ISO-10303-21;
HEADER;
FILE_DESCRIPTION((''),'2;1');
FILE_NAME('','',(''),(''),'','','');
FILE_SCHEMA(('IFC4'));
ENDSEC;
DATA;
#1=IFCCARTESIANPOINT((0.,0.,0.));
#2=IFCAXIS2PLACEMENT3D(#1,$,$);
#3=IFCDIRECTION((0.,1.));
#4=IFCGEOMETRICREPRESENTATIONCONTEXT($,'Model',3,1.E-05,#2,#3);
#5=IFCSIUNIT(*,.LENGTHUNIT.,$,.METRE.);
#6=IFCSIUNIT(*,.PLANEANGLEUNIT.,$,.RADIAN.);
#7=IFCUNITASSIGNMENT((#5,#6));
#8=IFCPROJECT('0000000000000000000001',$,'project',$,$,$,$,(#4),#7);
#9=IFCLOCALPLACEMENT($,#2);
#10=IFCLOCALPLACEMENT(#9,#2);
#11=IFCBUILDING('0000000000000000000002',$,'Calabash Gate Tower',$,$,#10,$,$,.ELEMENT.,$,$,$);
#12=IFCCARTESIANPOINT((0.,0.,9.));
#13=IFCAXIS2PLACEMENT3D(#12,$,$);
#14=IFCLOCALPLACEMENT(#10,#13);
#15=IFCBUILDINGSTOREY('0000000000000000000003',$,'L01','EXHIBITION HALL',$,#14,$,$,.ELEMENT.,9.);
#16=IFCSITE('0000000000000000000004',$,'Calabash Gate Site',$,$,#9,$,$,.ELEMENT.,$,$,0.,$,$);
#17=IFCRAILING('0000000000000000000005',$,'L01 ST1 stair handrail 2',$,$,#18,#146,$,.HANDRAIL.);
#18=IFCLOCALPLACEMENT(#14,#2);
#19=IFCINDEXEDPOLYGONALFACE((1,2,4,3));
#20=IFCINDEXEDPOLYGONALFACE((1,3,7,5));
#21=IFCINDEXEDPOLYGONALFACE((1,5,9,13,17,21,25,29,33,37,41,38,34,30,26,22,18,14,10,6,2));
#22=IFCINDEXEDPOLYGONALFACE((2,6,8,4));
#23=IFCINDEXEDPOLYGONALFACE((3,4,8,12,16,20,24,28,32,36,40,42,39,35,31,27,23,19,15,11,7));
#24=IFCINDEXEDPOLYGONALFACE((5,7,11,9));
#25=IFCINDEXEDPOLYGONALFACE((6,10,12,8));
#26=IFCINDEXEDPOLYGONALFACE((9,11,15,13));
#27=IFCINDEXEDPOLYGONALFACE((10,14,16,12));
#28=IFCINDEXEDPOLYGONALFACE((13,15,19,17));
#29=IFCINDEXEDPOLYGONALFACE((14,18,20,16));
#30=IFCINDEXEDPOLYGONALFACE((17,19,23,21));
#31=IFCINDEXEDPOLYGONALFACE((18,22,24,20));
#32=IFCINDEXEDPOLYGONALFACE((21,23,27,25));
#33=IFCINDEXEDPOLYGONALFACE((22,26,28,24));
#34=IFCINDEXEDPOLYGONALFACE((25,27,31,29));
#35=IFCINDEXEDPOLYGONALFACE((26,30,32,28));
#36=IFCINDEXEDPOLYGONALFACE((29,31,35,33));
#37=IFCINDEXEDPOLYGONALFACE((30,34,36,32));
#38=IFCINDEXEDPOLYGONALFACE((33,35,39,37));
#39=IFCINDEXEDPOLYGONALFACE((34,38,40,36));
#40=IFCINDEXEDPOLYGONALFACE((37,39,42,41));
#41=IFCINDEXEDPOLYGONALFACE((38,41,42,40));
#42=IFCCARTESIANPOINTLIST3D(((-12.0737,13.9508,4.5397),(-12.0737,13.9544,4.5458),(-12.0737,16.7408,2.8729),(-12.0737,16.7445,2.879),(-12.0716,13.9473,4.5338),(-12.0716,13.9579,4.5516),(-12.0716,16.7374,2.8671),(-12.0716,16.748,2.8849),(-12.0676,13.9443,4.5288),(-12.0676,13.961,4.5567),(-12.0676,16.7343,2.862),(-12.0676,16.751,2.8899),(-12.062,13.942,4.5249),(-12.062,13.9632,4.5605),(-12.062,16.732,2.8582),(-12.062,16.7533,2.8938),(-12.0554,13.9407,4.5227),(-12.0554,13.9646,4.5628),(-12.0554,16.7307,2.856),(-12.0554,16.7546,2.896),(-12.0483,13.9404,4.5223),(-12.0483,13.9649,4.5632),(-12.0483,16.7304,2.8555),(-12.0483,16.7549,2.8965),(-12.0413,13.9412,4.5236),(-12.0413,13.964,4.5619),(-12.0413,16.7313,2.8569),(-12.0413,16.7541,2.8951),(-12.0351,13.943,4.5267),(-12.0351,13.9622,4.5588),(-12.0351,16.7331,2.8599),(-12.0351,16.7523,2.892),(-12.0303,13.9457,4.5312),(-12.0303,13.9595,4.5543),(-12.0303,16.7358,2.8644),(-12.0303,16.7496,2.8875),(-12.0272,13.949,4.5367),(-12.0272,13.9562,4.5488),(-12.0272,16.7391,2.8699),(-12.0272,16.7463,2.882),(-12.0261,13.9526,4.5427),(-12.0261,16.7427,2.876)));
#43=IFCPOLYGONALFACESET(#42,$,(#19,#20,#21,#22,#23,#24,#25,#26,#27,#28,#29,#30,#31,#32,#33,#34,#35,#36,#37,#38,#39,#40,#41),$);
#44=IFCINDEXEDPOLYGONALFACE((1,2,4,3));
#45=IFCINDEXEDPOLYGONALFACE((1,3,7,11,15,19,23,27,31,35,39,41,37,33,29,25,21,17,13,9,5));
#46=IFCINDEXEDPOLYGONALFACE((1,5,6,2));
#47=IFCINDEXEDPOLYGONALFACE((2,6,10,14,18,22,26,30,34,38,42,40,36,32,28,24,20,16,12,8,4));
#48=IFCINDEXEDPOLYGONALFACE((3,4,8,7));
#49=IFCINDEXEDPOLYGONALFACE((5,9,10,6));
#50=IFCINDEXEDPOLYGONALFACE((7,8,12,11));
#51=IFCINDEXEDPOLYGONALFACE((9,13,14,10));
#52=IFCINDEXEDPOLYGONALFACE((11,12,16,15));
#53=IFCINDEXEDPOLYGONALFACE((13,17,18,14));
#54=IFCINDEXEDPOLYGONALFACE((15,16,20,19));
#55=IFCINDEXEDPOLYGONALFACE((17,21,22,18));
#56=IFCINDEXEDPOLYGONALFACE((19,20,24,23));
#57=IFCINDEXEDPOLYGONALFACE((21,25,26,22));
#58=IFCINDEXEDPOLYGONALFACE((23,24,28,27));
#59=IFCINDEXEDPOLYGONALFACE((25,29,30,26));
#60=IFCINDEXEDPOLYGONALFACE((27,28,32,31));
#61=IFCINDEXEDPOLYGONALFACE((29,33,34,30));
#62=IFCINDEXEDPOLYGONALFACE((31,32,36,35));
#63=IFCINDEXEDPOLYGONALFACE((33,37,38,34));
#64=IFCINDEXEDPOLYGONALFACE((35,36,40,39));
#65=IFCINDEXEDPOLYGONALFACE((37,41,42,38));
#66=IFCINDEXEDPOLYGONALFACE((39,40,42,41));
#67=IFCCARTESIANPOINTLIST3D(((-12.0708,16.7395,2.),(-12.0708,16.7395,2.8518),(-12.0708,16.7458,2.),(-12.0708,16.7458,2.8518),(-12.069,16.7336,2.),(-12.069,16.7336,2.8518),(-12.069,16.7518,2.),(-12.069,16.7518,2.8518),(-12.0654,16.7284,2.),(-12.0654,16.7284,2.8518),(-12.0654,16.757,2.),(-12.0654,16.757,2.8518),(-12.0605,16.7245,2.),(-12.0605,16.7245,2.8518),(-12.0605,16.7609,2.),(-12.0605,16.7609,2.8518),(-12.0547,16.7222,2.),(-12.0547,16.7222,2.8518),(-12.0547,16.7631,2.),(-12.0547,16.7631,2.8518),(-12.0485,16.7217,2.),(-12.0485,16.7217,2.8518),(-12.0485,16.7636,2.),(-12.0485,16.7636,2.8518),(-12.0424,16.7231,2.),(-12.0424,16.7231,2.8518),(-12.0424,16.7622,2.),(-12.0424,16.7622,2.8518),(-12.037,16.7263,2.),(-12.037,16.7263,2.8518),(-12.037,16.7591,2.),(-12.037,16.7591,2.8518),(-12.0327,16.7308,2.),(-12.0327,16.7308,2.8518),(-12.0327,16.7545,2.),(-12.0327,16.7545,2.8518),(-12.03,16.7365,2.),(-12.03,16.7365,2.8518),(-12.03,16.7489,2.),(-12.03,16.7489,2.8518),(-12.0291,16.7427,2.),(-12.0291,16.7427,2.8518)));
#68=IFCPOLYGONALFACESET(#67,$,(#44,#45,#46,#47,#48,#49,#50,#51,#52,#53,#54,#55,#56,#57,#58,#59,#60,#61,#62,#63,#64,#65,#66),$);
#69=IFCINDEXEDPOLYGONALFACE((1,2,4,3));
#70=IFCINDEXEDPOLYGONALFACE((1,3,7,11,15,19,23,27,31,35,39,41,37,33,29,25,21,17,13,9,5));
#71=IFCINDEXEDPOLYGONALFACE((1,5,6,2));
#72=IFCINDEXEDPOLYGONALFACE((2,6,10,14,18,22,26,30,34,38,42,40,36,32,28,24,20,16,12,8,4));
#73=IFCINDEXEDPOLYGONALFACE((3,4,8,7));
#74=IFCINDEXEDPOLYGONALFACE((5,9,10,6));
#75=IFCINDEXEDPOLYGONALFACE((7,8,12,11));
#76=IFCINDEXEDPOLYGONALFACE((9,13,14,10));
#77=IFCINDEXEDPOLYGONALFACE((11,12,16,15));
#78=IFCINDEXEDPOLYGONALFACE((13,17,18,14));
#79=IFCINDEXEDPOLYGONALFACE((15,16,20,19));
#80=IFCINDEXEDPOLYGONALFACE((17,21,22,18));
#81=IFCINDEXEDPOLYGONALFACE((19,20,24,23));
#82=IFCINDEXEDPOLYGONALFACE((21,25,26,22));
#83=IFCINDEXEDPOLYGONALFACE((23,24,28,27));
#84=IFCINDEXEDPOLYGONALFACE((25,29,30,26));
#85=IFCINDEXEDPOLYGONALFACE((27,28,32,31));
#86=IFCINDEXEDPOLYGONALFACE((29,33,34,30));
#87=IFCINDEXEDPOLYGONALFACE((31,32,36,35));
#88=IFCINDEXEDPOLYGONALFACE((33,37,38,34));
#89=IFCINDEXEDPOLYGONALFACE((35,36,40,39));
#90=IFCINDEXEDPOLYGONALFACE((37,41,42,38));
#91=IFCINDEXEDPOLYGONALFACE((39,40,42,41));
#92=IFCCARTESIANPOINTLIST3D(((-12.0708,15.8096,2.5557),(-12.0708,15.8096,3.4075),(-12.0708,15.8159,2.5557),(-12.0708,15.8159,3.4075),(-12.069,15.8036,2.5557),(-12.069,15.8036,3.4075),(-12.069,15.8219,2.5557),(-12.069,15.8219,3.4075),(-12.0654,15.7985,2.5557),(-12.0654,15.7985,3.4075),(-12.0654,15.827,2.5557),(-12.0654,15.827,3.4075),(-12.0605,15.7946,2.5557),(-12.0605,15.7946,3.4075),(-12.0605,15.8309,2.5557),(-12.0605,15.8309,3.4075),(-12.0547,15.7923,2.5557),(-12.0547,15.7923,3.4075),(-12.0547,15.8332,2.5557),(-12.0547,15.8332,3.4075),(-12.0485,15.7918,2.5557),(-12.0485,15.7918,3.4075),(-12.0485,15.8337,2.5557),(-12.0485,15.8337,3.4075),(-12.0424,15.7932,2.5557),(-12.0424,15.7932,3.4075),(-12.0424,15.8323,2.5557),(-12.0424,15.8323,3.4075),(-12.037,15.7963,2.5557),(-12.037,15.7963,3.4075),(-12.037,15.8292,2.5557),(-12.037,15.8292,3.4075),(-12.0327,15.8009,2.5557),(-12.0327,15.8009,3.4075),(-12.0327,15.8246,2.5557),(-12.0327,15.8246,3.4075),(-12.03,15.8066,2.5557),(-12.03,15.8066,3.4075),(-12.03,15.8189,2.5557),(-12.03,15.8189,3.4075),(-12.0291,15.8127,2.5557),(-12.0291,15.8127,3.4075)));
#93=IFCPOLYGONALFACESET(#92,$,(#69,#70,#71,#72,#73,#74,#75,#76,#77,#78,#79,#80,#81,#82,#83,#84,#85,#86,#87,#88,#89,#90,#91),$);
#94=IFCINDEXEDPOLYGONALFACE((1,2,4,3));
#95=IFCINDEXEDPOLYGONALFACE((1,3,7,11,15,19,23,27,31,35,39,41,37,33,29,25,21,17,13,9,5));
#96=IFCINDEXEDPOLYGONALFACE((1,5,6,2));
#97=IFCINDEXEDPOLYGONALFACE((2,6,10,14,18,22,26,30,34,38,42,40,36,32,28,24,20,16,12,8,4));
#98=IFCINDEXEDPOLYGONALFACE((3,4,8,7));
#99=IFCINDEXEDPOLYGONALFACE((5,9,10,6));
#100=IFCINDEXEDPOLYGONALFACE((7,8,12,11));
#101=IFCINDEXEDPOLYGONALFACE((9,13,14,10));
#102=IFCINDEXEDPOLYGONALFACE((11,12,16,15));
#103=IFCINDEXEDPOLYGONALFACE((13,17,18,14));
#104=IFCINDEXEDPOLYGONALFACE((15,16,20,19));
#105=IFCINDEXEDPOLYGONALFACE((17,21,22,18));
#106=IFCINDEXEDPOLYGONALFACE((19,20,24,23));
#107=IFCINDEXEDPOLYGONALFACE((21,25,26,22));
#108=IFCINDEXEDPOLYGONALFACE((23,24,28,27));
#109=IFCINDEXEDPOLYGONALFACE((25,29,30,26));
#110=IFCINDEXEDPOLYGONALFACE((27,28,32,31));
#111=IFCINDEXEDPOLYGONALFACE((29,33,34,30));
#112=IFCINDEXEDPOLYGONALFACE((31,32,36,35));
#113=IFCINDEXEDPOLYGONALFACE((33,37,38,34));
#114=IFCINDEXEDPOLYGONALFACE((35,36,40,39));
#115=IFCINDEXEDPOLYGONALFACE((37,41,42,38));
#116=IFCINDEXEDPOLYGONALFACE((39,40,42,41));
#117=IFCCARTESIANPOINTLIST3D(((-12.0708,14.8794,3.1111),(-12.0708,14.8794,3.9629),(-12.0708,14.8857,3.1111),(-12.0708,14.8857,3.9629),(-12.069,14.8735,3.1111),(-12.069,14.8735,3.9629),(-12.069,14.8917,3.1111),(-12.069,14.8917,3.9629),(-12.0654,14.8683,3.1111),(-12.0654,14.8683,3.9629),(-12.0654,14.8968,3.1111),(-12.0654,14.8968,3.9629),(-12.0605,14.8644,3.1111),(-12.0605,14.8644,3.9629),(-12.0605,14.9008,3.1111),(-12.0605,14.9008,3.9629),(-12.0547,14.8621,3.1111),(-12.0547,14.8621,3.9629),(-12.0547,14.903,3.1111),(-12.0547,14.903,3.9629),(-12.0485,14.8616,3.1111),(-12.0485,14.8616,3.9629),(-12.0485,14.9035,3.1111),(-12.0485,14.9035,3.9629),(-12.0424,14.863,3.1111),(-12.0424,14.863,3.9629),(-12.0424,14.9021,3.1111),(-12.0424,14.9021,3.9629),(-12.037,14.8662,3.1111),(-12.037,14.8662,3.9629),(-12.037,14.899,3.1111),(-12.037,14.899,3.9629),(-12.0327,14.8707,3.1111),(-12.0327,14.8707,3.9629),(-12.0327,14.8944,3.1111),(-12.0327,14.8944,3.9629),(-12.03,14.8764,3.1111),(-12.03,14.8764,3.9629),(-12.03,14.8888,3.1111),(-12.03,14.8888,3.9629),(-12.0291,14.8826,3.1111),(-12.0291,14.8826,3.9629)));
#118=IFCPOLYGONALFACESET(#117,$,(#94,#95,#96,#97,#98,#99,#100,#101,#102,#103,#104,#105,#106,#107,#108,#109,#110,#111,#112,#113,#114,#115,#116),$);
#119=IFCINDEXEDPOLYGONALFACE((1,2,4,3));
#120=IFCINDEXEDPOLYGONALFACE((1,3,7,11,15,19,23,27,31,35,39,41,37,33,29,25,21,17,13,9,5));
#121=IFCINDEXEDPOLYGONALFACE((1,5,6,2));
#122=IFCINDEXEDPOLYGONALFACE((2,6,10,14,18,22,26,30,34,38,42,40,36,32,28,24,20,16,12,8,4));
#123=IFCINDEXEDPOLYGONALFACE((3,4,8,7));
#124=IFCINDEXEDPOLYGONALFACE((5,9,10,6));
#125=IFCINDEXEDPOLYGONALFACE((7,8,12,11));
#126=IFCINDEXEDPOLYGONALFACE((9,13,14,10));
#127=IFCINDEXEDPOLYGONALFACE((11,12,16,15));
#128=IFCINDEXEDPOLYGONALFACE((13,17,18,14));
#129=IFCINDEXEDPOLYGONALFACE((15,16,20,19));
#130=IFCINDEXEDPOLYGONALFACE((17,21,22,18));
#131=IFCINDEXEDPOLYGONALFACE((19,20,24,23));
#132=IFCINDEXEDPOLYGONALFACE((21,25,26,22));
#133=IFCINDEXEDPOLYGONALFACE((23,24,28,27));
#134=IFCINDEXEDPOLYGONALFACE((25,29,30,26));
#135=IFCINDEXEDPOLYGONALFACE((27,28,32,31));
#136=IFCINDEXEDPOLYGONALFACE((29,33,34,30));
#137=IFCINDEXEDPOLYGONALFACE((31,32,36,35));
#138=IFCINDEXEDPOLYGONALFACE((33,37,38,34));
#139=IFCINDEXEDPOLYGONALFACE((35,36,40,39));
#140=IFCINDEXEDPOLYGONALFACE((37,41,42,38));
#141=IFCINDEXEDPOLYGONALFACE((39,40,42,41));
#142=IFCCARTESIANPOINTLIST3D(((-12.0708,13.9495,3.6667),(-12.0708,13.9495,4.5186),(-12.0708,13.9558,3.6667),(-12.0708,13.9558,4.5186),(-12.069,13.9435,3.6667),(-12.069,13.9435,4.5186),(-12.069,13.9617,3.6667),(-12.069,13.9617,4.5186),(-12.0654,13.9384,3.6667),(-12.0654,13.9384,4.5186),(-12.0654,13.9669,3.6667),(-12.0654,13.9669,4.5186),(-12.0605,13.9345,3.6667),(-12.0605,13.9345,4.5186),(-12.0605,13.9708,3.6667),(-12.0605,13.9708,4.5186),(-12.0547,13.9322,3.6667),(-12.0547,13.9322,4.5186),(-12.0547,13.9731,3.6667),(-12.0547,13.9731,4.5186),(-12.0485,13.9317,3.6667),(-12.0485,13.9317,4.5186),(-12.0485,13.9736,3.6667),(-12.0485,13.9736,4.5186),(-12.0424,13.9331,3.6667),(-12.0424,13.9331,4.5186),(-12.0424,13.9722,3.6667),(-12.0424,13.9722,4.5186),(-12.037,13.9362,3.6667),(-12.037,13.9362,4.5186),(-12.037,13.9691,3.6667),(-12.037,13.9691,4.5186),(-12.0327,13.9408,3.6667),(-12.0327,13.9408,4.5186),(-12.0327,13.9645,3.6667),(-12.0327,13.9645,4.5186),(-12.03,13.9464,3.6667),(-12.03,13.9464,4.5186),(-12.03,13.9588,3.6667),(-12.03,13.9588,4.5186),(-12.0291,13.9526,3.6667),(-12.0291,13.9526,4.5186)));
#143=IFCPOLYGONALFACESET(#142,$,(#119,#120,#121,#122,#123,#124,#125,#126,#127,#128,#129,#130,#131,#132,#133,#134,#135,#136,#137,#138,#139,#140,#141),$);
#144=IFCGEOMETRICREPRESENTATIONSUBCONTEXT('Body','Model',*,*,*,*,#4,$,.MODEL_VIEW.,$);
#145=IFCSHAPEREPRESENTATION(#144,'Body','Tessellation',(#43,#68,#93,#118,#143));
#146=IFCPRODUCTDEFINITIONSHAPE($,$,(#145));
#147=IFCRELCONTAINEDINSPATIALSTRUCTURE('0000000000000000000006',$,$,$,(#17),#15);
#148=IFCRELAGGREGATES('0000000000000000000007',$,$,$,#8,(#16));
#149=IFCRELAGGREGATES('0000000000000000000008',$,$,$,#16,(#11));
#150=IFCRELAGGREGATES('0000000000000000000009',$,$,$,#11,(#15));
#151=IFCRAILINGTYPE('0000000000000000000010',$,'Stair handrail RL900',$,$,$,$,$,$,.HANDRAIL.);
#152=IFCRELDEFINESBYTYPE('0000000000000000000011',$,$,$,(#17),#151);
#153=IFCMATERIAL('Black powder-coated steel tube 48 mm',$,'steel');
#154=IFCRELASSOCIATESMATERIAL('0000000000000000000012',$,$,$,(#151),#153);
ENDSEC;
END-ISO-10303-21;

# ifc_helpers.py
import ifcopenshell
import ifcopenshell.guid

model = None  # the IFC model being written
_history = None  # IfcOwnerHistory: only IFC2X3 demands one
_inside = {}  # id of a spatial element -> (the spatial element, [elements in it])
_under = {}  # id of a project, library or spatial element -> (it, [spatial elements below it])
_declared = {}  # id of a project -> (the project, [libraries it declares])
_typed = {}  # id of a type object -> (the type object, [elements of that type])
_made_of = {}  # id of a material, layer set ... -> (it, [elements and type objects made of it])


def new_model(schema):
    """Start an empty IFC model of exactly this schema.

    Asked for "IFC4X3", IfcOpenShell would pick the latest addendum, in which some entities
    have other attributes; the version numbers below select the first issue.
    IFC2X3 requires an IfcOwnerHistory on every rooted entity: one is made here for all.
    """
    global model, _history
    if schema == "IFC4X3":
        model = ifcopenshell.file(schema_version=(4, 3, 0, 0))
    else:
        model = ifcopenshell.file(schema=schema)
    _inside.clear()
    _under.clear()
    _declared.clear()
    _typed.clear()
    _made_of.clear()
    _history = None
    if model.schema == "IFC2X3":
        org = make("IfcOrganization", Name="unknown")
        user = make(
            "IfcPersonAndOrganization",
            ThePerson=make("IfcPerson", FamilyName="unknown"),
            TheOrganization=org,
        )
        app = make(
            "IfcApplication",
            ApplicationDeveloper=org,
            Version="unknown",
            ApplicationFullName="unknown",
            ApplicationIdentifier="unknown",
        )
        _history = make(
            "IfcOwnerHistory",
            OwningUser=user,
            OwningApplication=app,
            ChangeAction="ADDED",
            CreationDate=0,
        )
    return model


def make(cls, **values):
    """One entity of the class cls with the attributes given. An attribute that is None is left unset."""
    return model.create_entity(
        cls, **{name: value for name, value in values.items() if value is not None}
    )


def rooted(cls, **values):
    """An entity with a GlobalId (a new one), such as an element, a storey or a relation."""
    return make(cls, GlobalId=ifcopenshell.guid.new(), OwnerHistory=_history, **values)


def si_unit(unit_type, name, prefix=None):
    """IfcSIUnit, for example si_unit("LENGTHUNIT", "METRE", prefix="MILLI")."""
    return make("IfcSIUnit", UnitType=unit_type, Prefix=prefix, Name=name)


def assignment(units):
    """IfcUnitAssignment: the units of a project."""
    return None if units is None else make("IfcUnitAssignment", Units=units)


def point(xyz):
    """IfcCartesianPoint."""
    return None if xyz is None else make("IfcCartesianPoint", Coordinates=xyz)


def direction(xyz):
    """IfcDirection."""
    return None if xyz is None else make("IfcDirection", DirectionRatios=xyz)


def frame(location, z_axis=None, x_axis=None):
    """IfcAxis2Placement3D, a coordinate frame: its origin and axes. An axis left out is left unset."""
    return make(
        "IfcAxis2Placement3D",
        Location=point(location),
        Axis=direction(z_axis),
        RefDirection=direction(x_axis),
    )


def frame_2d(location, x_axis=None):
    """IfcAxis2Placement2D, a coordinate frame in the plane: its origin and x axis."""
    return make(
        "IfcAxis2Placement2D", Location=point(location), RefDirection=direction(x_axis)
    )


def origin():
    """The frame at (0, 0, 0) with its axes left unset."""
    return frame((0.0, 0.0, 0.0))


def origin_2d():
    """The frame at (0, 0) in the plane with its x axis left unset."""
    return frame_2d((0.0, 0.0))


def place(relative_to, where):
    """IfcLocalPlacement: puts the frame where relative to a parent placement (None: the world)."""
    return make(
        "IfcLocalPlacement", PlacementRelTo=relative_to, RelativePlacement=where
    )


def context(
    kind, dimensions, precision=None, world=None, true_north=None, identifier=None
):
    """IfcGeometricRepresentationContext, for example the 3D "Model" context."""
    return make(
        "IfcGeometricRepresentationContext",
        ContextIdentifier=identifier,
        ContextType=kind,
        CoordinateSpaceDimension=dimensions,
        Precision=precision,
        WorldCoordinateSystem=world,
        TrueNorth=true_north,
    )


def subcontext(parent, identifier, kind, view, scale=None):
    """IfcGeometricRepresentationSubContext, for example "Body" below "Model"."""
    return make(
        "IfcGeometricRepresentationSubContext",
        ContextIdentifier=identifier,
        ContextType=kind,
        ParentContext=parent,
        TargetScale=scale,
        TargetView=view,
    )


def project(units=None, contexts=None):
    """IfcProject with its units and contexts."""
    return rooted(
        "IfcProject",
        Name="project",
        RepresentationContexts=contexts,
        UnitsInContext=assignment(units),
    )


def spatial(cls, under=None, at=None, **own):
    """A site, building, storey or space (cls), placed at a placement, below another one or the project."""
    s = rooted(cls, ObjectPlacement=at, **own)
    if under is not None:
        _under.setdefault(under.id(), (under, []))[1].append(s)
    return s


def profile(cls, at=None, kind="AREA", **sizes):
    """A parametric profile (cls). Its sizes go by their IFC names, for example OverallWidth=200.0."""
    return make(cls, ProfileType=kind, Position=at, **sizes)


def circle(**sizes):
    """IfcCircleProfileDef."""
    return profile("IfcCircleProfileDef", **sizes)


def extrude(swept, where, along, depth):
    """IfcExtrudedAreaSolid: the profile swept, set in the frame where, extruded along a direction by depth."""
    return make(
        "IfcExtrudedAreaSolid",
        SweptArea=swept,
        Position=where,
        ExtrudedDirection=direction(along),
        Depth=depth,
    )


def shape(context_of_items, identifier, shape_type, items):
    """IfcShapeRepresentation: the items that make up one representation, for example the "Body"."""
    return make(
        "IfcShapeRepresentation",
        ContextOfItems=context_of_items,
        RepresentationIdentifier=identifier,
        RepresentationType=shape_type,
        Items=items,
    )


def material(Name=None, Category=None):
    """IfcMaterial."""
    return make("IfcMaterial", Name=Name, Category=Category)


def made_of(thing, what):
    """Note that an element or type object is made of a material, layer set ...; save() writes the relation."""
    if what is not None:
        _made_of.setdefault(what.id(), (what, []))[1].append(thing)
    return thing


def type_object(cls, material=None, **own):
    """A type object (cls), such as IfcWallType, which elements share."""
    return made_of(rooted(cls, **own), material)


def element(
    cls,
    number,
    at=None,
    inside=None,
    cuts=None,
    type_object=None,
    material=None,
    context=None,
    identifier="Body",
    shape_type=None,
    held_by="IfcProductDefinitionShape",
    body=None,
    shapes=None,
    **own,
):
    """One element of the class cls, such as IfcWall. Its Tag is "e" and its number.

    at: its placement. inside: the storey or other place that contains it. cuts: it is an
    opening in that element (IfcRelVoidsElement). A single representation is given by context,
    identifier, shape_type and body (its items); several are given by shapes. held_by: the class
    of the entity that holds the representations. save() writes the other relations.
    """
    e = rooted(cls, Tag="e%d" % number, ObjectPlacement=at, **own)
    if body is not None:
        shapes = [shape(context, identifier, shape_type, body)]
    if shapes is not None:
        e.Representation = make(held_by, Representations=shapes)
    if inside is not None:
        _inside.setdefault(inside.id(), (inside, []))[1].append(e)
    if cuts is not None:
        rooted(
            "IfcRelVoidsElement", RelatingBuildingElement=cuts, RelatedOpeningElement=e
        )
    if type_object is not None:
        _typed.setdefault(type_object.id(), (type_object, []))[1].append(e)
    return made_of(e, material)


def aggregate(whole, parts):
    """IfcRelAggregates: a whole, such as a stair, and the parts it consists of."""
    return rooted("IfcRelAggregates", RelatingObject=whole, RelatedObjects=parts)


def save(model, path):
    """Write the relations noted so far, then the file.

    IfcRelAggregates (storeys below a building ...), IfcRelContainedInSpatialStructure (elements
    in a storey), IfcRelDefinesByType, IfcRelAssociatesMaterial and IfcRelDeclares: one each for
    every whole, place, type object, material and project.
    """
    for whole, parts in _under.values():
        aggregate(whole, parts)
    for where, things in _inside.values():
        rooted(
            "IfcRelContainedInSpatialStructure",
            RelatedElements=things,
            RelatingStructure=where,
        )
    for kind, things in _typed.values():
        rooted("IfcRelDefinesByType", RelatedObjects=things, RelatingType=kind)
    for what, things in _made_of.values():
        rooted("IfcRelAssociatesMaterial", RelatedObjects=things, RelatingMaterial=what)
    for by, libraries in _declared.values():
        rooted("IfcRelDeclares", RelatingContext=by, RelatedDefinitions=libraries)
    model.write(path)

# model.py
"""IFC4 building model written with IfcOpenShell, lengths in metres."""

from ifc_helpers import new_model, si_unit, direction, frame, origin, origin_2d, place, context, subcontext, project, spatial, circle, extrude, material, type_object, element, save


model = new_model("IFC4")

# Units and contexts
model_context = context("Model", 3, precision=1e-05, world=origin(), true_north=direction((0.0, 1.0)))
body_context = subcontext(model_context, "Body", "Model", "MODEL_VIEW")
ifc_project = project(units=[si_unit("LENGTHUNIT", "METRE"), si_unit("PLANEANGLEUNIT", "RADIAN")], contexts=[model_context])

# Site, building, storey
site_placement = place(None, origin())
site = spatial("IfcSite", under=ifc_project, at=site_placement, Name="Calabash Gate Site", CompositionType="ELEMENT", RefElevation=0.0)
building_placement = place(site_placement, origin())
building = spatial("IfcBuilding", under=site, at=building_placement, Name="Calabash Gate Tower", CompositionType="ELEMENT")
storey_placement = place(building_placement, frame((0.0, 0.0, 9.0)))
storey = spatial("IfcBuildingStorey", under=building, at=storey_placement, Name="L01", Description="EXHIBITION HALL", CompositionType="ELEMENT", Elevation=9.0)

# Railing
ifc_material_1 = material(Name="Black powder-coated steel tube 48 mm", Category="steel")
railing_type_1 = type_object("IfcRailingType", Name="Stair handrail RL900", PredefinedType="HANDRAIL", material=ifc_material_1)
railing_1_placement = place(storey_placement, frame((-12.05, 16.7427, 2.0)))
element("IfcRailing", 1, at=railing_1_placement, inside=storey, type_object=railing_type_1, Name="L01 ST1 stair handrail 2", PredefinedType="HANDRAIL", context=body_context, shape_type="SweptSolid", body=[
    extrude(circle(Radius=0.0239, at=origin_2d()), frame((0.0, 0.0, 0.876), z_axis=(0.0, -0.858479, 0.512849), x_axis=(1.0, 0.0, 0.0)), (0.0, 0.0, 1.0), 3.25),
    extrude(circle(Radius=0.021, at=origin_2d()), origin(), (0.0, 0.0, 1.0), 0.8518),
    extrude(circle(Radius=0.021, at=origin_2d()), frame((0.0, -0.9299, 0.5557)), (0.0, 0.0, 1.0), 0.8518),
    extrude(circle(Radius=0.021, at=origin_2d()), frame((0.0, -1.8601, 1.1111)), (0.0, 0.0, 1.0), 0.8518),
    extrude(circle(Radius=0.021, at=origin_2d()), frame((0.0, -2.79, 1.6667)), (0.0, 0.0, 1.0), 0.8518),
])

save(model, "model.ifc")
